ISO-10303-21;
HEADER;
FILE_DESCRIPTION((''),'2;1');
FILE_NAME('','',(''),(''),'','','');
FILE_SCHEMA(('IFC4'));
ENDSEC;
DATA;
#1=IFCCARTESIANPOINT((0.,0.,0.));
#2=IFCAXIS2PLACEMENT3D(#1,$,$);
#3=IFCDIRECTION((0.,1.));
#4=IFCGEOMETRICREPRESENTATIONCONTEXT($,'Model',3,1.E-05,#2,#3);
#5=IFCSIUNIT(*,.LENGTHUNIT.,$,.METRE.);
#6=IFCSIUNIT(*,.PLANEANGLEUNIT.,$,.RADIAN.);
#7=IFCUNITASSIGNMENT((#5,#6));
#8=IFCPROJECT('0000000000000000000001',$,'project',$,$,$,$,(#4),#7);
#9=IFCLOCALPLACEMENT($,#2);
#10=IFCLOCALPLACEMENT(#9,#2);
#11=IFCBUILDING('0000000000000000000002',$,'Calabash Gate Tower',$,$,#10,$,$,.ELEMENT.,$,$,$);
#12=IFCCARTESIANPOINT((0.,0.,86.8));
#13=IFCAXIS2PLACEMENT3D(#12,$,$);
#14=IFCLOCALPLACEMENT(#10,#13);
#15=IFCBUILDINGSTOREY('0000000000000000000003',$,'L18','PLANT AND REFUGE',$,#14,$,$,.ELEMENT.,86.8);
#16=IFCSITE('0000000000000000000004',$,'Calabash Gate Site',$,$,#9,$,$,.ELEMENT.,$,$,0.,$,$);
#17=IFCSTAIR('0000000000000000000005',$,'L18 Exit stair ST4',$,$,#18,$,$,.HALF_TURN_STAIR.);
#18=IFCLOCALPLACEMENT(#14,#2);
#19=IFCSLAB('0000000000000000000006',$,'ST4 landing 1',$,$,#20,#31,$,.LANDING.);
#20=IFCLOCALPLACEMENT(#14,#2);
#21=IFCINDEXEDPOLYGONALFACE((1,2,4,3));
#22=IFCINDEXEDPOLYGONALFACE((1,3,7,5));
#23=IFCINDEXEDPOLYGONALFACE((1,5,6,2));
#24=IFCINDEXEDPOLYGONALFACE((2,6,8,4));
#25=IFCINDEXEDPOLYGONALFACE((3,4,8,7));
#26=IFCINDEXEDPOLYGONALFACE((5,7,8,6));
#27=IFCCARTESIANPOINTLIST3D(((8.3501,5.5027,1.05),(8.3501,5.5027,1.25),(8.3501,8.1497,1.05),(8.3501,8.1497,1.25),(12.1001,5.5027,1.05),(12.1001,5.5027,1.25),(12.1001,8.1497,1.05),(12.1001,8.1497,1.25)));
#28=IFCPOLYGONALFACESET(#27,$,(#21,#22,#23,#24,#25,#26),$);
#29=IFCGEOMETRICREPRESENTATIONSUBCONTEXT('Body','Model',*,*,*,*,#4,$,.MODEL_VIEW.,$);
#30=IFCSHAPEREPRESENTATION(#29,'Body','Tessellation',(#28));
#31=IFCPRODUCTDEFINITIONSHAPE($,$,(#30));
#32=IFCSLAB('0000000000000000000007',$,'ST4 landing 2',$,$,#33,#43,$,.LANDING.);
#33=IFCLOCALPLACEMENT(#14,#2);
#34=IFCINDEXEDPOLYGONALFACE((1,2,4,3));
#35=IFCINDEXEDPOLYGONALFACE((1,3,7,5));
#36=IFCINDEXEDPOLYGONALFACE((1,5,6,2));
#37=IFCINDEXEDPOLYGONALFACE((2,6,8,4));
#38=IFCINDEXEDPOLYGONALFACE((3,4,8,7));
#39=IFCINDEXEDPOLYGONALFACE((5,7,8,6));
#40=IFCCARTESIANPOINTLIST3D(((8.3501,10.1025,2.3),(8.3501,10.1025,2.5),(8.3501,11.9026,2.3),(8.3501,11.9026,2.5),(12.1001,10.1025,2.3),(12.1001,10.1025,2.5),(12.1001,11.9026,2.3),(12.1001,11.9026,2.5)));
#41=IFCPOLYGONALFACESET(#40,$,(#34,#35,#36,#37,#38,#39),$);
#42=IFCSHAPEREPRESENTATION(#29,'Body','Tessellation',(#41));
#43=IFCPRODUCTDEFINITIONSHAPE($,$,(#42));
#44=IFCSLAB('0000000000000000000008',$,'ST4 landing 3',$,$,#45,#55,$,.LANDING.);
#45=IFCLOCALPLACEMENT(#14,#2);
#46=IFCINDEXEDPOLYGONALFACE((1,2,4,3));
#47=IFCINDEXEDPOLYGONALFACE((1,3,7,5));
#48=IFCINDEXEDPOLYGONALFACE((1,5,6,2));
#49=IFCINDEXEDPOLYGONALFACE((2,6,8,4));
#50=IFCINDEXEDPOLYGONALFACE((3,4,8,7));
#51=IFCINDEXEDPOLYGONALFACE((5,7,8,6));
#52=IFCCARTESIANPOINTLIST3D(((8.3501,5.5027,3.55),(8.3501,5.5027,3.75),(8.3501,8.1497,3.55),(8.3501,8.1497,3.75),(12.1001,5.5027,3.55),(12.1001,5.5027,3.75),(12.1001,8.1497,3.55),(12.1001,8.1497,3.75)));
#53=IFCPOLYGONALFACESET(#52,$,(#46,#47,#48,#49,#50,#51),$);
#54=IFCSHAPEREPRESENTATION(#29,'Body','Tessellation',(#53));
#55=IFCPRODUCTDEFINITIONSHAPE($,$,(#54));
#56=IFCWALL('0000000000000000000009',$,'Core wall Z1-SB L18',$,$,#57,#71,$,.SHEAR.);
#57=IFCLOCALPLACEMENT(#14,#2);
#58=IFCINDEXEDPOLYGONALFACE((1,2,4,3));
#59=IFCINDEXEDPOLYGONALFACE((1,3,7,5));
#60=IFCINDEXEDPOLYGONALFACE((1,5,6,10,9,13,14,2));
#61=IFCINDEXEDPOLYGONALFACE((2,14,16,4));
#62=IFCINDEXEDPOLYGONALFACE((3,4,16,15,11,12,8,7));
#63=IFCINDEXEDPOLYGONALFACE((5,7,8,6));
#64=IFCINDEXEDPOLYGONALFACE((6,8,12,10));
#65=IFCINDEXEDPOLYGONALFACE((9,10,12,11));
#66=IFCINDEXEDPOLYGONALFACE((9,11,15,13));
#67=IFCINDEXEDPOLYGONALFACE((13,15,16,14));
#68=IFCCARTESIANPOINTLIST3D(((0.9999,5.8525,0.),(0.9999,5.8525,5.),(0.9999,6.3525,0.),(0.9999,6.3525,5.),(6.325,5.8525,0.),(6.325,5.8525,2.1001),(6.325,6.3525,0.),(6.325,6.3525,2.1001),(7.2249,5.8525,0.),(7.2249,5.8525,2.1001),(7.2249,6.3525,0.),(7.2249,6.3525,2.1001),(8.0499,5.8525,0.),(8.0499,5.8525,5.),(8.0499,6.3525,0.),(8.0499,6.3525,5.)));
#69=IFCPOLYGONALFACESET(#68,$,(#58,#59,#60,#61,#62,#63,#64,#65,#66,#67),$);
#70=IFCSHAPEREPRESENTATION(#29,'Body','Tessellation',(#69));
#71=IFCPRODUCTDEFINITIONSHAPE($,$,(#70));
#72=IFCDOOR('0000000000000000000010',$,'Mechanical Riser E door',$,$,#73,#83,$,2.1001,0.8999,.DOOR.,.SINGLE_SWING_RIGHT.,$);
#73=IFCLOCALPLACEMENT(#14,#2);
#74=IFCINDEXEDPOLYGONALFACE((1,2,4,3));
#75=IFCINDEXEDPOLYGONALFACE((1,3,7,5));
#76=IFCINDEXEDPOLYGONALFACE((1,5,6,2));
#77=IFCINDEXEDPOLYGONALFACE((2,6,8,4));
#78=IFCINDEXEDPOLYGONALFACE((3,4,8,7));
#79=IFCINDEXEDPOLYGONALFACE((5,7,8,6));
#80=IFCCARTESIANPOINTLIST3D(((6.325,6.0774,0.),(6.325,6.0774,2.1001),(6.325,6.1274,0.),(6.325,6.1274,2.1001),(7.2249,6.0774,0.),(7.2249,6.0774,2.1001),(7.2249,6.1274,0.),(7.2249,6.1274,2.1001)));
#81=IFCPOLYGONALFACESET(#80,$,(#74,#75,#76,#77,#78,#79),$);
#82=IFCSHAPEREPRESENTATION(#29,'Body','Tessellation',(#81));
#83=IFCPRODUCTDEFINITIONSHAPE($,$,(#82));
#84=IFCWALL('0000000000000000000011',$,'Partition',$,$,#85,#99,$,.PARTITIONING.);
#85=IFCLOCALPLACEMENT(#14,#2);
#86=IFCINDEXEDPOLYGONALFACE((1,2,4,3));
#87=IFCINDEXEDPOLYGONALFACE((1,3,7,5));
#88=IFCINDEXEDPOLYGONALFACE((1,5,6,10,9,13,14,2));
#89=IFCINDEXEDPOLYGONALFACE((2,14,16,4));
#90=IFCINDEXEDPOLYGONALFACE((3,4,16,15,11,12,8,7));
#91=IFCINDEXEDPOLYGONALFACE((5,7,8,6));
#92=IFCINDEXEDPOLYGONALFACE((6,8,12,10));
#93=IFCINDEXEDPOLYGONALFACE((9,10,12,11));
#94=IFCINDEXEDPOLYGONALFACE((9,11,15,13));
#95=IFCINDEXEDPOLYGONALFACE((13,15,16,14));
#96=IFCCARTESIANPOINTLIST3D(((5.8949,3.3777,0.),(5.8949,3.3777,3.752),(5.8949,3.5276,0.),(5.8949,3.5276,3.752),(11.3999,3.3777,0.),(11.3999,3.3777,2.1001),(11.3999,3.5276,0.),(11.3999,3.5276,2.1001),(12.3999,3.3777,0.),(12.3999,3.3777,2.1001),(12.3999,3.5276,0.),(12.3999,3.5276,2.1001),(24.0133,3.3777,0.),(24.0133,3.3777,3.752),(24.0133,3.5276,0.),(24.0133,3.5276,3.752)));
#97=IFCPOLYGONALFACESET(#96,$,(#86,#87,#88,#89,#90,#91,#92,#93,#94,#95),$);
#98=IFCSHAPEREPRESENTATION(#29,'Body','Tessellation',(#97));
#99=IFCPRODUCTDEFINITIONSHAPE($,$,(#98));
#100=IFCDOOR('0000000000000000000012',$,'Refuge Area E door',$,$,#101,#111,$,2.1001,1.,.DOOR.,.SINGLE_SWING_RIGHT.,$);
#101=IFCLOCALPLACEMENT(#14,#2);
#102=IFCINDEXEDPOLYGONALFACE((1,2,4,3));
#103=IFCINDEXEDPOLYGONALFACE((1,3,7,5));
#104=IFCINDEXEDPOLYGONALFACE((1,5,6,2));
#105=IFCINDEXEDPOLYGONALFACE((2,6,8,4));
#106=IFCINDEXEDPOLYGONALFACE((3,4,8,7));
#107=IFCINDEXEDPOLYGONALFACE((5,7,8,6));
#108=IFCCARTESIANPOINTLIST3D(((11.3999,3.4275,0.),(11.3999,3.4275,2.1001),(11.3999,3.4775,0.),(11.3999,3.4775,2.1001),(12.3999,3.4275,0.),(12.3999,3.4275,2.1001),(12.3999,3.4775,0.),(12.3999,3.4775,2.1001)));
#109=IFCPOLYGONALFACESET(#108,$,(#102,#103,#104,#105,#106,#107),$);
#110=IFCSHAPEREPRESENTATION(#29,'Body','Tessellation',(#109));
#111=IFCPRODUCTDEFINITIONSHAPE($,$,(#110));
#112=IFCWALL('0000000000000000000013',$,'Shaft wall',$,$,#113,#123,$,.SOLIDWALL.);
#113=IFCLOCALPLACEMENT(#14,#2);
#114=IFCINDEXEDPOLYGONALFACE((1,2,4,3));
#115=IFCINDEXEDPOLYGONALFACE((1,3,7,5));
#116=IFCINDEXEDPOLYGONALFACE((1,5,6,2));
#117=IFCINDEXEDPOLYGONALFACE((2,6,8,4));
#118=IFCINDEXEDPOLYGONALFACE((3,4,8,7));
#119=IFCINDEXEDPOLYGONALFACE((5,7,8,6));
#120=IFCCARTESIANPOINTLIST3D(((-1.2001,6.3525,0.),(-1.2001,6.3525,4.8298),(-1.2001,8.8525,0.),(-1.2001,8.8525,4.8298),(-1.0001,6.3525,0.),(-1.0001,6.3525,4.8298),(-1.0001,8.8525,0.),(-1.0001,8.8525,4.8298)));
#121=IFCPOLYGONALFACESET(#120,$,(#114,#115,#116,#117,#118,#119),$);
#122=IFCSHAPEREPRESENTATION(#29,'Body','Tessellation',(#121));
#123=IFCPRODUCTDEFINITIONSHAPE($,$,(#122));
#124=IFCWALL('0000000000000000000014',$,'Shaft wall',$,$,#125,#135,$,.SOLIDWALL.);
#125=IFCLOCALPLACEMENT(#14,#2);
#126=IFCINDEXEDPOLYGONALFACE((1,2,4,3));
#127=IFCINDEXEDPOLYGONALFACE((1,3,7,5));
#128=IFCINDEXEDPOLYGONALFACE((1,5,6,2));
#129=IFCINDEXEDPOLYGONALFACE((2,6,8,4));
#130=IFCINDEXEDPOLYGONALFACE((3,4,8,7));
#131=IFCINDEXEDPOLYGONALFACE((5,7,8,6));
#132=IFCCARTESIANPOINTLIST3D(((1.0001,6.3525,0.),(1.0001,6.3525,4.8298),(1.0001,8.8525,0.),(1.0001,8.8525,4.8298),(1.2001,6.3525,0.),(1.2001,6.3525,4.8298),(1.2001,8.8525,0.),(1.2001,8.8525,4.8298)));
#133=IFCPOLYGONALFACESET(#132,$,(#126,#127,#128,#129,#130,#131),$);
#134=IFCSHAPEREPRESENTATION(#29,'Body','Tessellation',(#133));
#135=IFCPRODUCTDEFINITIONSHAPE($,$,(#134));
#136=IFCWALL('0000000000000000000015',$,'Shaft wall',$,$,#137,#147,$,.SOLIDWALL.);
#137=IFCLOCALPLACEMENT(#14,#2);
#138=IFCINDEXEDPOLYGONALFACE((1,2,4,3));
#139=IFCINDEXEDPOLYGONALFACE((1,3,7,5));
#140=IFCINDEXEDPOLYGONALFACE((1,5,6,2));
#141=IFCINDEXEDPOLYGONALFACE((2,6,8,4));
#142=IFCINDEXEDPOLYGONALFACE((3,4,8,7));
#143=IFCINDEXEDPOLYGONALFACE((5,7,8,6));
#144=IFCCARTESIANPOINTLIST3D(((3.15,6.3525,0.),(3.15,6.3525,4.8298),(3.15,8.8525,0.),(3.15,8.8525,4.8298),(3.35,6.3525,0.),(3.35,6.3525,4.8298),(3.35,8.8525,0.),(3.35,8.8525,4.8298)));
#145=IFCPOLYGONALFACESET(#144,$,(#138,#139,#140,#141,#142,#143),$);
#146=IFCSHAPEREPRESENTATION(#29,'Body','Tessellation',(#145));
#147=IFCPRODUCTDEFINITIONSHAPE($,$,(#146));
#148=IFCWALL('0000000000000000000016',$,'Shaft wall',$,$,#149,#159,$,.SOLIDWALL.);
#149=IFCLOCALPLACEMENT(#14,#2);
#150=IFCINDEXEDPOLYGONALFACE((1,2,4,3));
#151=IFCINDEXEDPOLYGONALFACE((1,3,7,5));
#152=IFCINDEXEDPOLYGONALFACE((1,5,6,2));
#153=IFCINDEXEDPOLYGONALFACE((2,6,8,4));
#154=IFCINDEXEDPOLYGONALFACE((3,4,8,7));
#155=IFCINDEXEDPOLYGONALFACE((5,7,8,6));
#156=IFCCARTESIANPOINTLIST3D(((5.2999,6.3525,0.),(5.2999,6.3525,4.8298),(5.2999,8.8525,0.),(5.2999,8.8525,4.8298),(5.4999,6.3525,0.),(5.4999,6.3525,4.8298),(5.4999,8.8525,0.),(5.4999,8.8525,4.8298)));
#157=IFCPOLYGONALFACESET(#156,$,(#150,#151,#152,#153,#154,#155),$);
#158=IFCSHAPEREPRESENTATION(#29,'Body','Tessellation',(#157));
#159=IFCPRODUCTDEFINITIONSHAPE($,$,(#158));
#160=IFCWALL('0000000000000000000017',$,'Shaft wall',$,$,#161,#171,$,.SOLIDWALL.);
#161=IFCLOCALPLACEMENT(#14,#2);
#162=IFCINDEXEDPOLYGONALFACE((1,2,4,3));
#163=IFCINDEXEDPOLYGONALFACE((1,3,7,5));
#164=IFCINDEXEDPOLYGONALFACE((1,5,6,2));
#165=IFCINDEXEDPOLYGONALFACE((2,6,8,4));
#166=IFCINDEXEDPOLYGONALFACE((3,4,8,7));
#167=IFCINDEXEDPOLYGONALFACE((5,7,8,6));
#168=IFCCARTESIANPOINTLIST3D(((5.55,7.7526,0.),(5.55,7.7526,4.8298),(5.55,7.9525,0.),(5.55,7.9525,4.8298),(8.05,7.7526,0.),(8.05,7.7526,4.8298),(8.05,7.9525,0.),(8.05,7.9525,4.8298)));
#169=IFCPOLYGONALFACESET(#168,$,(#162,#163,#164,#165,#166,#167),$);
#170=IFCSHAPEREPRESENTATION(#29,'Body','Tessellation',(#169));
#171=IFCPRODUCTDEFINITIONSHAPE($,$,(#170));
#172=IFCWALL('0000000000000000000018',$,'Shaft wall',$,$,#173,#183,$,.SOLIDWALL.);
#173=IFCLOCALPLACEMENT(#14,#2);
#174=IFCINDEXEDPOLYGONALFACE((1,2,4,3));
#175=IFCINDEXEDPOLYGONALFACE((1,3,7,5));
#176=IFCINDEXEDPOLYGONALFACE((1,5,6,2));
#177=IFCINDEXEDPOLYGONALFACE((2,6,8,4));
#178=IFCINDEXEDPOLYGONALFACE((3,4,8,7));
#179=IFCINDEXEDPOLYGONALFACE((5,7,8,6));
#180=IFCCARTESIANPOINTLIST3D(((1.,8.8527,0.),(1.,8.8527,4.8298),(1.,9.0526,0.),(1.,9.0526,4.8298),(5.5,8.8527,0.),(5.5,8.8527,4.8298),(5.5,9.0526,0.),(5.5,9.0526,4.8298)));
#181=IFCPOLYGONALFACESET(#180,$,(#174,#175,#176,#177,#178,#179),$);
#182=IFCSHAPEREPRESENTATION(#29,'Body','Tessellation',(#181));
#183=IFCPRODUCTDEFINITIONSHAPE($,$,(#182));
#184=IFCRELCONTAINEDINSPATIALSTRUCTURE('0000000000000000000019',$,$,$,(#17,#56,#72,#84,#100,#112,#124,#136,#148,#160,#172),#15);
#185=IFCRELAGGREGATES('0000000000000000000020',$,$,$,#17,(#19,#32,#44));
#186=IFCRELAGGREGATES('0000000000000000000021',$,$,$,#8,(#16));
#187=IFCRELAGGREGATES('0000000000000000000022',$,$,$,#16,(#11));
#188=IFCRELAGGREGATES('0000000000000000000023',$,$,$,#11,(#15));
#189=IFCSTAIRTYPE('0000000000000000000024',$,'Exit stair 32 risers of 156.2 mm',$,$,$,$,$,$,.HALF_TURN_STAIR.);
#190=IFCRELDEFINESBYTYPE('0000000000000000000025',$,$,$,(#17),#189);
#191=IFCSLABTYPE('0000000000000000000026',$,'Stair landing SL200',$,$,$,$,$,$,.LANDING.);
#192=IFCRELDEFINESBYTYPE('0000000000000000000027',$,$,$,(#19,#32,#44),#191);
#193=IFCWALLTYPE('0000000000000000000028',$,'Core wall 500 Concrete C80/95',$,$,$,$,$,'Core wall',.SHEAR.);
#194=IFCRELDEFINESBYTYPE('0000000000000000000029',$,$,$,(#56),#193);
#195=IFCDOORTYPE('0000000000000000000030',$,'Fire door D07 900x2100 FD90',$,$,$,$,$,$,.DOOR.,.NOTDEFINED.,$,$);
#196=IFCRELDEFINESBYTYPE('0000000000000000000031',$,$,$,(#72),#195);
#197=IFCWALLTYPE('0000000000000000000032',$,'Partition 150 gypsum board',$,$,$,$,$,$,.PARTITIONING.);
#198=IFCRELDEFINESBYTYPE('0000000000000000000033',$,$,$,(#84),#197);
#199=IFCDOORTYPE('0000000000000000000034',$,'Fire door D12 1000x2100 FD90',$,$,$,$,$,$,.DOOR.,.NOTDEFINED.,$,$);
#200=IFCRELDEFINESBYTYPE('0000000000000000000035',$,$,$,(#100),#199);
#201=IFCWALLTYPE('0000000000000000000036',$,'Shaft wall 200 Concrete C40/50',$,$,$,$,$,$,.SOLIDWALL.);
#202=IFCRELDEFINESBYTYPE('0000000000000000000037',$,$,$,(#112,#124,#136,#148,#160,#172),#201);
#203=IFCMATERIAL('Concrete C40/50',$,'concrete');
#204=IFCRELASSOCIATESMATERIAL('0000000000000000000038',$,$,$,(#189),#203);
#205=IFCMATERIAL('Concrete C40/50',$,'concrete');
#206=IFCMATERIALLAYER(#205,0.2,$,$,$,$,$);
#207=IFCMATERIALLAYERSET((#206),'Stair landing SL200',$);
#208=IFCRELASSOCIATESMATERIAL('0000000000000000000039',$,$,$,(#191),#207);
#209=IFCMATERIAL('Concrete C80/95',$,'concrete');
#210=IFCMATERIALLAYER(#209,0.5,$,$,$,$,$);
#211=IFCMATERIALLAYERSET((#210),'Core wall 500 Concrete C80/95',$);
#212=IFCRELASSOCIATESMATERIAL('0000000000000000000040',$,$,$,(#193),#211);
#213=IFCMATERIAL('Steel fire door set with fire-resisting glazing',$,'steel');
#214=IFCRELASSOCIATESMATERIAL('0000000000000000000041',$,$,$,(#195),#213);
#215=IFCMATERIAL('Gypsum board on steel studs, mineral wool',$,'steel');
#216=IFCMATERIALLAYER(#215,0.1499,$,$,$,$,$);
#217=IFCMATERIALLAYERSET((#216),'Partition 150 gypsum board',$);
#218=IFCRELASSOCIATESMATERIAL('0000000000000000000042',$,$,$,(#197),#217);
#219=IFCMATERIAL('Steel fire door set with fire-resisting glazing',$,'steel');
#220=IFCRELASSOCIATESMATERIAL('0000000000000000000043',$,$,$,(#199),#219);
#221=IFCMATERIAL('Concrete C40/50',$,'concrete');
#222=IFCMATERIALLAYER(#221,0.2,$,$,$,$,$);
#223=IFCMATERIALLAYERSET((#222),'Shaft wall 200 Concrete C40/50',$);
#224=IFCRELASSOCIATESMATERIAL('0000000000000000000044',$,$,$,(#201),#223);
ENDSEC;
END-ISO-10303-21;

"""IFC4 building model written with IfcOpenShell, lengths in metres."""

from ifc_helpers import new_model, si_unit, direction, frame, frame_2d, origin, place, context, subcontext, project, spatial, polyline, rectangle, outline, extrude, material, layer, layer_set, type_object, element, fill, aggregate, save


model = new_model("IFC4")

# Units and contexts
model_context = context("Model", 3, precision=1e-05, world=origin(), true_north=direction((0.0, 1.0)))
body_context = subcontext(model_context, "Body", "Model", "MODEL_VIEW")
ifc_project = project(units=[si_unit("LENGTHUNIT", "METRE"), si_unit("PLANEANGLEUNIT", "RADIAN")], contexts=[model_context])

# Site, building, storey
site_placement = place(None, origin())
site = spatial("IfcSite", under=ifc_project, at=site_placement, Name="Calabash Gate Site", CompositionType="ELEMENT", RefElevation=0.0)
building_placement = place(site_placement, origin())
building = spatial("IfcBuilding", under=site, at=building_placement, Name="Calabash Gate Tower", CompositionType="ELEMENT")
storey_placement = place(building_placement, frame((0.0, 0.0, 86.8)))
storey = spatial("IfcBuildingStorey", under=building, at=storey_placement, Name="L18", Description="PLANT AND REFUGE", CompositionType="ELEMENT", Elevation=86.8)

# Stair, slabs
ifc_material_1 = material(Name="Concrete C40/50", Category="concrete")
stair_type = type_object("IfcStairType", Name="Exit stair 32 risers of 156.2 mm", PredefinedType="HALF_TURN_STAIR", material=ifc_material_1)
stair_placement = place(storey_placement, origin())
stair = element("IfcStair", 1, at=stair_placement, inside=storey, type_object=stair_type, Name="L18 Exit stair ST4", PredefinedType="HALF_TURN_STAIR")
ifc_material_2 = material(Name="Concrete C40/50", Category="concrete")
ifc_layer_1 = layer(ifc_material_2, 0.2)
ifc_layer_set_1 = layer_set([ifc_layer_1], Name="Stair landing SL200")
slab_type = type_object("IfcSlabType", Name="Stair landing SL200", PredefinedType="LANDING", material=ifc_layer_set_1)
slab_1_placement = place(storey_placement, frame((0.0, 0.0, 1.05)))
slab_1 = element("IfcSlab", 2, at=slab_1_placement, type_object=slab_type, Name="ST4 landing 1", PredefinedType="LANDING", context=body_context, shape_type="SweptSolid", body=[
    extrude(outline(polyline([(8.3501, 8.1497), (8.3501, 5.5027), (12.1001, 5.5027), (12.1001, 8.1497), (8.3501, 8.1497)])), origin(), (0.0, 0.0, 1.0), 0.2),
])
slab_2_placement = place(storey_placement, frame((0.0, 0.0, 2.3)))
slab_2 = element("IfcSlab", 3, at=slab_2_placement, type_object=slab_type, Name="ST4 landing 2", PredefinedType="LANDING", context=body_context, shape_type="SweptSolid", body=[
    extrude(outline(polyline([(8.3501, 11.9026), (8.3501, 10.1025), (12.1001, 10.1025), (12.1001, 11.9026), (8.3501, 11.9026)])), origin(), (0.0, 0.0, 1.0), 0.2),
])
slab_3_placement = place(storey_placement, frame((0.0, 0.0, 3.55)))
slab_3 = element("IfcSlab", 4, at=slab_3_placement, type_object=slab_type, Name="ST4 landing 3", PredefinedType="LANDING", context=body_context, shape_type="SweptSolid", body=[
    extrude(outline(polyline([(8.3501, 8.1497), (8.3501, 5.5027), (12.1001, 5.5027), (12.1001, 8.1497), (8.3501, 8.1497)])), origin(), (0.0, 0.0, 1.0), 0.2),
])
aggregate(stair, [slab_1, slab_2, slab_3])

# Walls, openings, doors
ifc_material_3 = material(Name="Concrete C80/95", Category="concrete")
ifc_layer_2 = layer(ifc_material_3, 0.5)
ifc_layer_set_2 = layer_set([ifc_layer_2], Name="Core wall 500 Concrete C80/95")
wall_type_1 = type_object("IfcWallType", Name="Core wall 500 Concrete C80/95", ElementType="Core wall", PredefinedType="SHEAR", material=ifc_layer_set_2)
wall_1_placement = place(storey_placement, frame((1.0, 6.1025, 0.0), z_axis=(0.0, 0.0, 1.0), x_axis=(1.0, 0.0, 0.0)))
wall_1 = element("IfcWall", 5, at=wall_1_placement, inside=storey, type_object=wall_type_1, Name="Core wall Z1-SB L18", PredefinedType="SHEAR", context=body_context, shape_type="SweptSolid", body=[
    extrude(rectangle(XDim=7.05, YDim=0.5, at=frame_2d((3.5249, 0.0))), origin(), (0.0, 0.0, 1.0), 5.0),
])
opening_1_placement = place(wall_1_placement, frame((5.325, 0.0, 0.0)))
opening_1 = element("IfcOpeningElement", 6, at=opening_1_placement, cuts=wall_1, PredefinedType="OPENING", context=body_context, shape_type="SweptSolid", body=[
    extrude(rectangle(XDim=0.8999, YDim=2.1001, at=frame_2d((0.45, 1.05))), frame((0.0, 0.26, 0.0), z_axis=(0.0, -1.0, 0.0), x_axis=(1.0, 0.0, 0.0)), (0.0, 0.0, 1.0), 0.52),
])
ifc_material_4 = material(Name="Steel fire door set with fire-resisting glazing", Category="steel")
door_type_1 = type_object("IfcDoorType", Name="Fire door D07 900x2100 FD90", OperationType="NOTDEFINED", PredefinedType="DOOR", material=ifc_material_4)
door_1_placement = place(opening_1_placement, origin())
door_1 = element("IfcDoor", 7, at=door_1_placement, inside=storey, type_object=door_type_1, Name="Mechanical Riser E door", OperationType="SINGLE_SWING_RIGHT", OverallHeight=2.1001, OverallWidth=0.8999, PredefinedType="DOOR", context=body_context, shape_type="SweptSolid", body=[
    extrude(rectangle(XDim=0.8999, YDim=2.1001, at=frame_2d((0.45, 1.05))), frame((0.0, 0.0249, 0.0), z_axis=(0.0, -1.0, 0.0), x_axis=(1.0, 0.0, 0.0)), (0.0, 0.0, 1.0), 0.05),
])
fill(opening_1, door_1)
ifc_material_5 = material(Name="Gypsum board on steel studs, mineral wool", Category="steel")
ifc_layer_3 = layer(ifc_material_5, 0.1499)
ifc_layer_set_3 = layer_set([ifc_layer_3], Name="Partition 150 gypsum board")
wall_type_2 = type_object("IfcWallType", Name="Partition 150 gypsum board", PredefinedType="PARTITIONING", material=ifc_layer_set_3)
wall_2_placement = place(storey_placement, frame((5.895, 3.4526, 0.0), z_axis=(0.0, 0.0, 1.0), x_axis=(1.0, 0.0, 0.0)))
wall_2 = element("IfcWall", 8, at=wall_2_placement, inside=storey, type_object=wall_type_2, Name="Partition", PredefinedType="PARTITIONING", context=body_context, shape_type="SweptSolid", body=[
    extrude(rectangle(XDim=18.1184, YDim=0.1499, at=frame_2d((9.0591, 0.0))), origin(), (0.0, 0.0, 1.0), 3.752),
])
opening_2_placement = place(wall_2_placement, frame((5.5049, 0.0, 0.0)))
opening_2 = element("IfcOpeningElement", 9, at=opening_2_placement, cuts=wall_2, PredefinedType="OPENING", context=body_context, shape_type="SweptSolid", body=[
    extrude(rectangle(XDim=1.0, YDim=2.1001, at=frame_2d((0.5, 1.05))), frame((0.0, 0.085, 0.0), z_axis=(0.0, -1.0, 0.0), x_axis=(1.0, 0.0, 0.0)), (0.0, 0.0, 1.0), 0.1699),
])
ifc_material_6 = material(Name="Steel fire door set with fire-resisting glazing", Category="steel")
door_type_2 = type_object("IfcDoorType", Name="Fire door D12 1000x2100 FD90", OperationType="NOTDEFINED", PredefinedType="DOOR", material=ifc_material_6)
door_2_placement = place(opening_2_placement, origin())
door_2 = element("IfcDoor", 10, at=door_2_placement, inside=storey, type_object=door_type_2, Name="Refuge Area E door", OperationType="SINGLE_SWING_RIGHT", OverallHeight=2.1001, OverallWidth=1.0, PredefinedType="DOOR", context=body_context, shape_type="SweptSolid", body=[
    extrude(rectangle(XDim=1.0, YDim=2.1001, at=frame_2d((0.5, 1.05))), frame((0.0, 0.0249, 0.0), z_axis=(0.0, -1.0, 0.0), x_axis=(1.0, 0.0, 0.0)), (0.0, 0.0, 1.0), 0.05),
])
fill(opening_2, door_2)

# Walls
ifc_material_7 = material(Name="Concrete C40/50", Category="concrete")
ifc_layer_4 = layer(ifc_material_7, 0.2)
ifc_layer_set_4 = layer_set([ifc_layer_4], Name="Shaft wall 200 Concrete C40/50")
wall_type_3 = type_object("IfcWallType", Name="Shaft wall 200 Concrete C40/50", PredefinedType="SOLIDWALL", material=ifc_layer_set_4)
for number, where, z_axis, x_axis, name in (
    (11, (-1.1001, 6.3525, 0.0), (0.0, 0.0, 1.0), (0.0, 1.0, 0.0), "Shaft wall"),
    (12, (1.1001, 6.3525, 0.0), (0.0, 0.0, 1.0), (0.0, 1.0, 0.0), "Shaft wall"),
    (13, (3.25, 6.3525, 0.0), (0.0, 0.0, 1.0), (0.0, 1.0, 0.0), "Shaft wall"),
    (14, (5.3999, 6.3525, 0.0), (0.0, 0.0, 1.0), (0.0, 1.0, 0.0), "Shaft wall"),
    (15, (5.55, 7.8525, 0.0), (0.0, 0.0, 1.0), (1.0, 0.0, 0.0), "Shaft wall"),
):
    element("IfcWall", number, at=place(storey_placement, frame(where, z_axis=z_axis, x_axis=x_axis)), inside=storey, type_object=wall_type_3, Name=name, PredefinedType="SOLIDWALL", context=body_context, shape_type="SweptSolid", body=[
        extrude(rectangle(XDim=2.5, YDim=0.2, at=frame_2d((1.25, 0.0))), origin(), (0.0, 0.0, 1.0), 4.8298),
    ])
wall_3_placement = place(storey_placement, frame((1.0, 8.9526, 0.0), z_axis=(0.0, 0.0, 1.0), x_axis=(1.0, 0.0, 0.0)))
element("IfcWall", 16, at=wall_3_placement, inside=storey, type_object=wall_type_3, Name="Shaft wall", PredefinedType="SOLIDWALL", context=body_context, shape_type="SweptSolid", body=[
    extrude(rectangle(XDim=4.5, YDim=0.2, at=frame_2d((2.25, 0.0))), origin(), (0.0, 0.0, 1.0), 4.8298),
])

save(model, "model.ifc")
